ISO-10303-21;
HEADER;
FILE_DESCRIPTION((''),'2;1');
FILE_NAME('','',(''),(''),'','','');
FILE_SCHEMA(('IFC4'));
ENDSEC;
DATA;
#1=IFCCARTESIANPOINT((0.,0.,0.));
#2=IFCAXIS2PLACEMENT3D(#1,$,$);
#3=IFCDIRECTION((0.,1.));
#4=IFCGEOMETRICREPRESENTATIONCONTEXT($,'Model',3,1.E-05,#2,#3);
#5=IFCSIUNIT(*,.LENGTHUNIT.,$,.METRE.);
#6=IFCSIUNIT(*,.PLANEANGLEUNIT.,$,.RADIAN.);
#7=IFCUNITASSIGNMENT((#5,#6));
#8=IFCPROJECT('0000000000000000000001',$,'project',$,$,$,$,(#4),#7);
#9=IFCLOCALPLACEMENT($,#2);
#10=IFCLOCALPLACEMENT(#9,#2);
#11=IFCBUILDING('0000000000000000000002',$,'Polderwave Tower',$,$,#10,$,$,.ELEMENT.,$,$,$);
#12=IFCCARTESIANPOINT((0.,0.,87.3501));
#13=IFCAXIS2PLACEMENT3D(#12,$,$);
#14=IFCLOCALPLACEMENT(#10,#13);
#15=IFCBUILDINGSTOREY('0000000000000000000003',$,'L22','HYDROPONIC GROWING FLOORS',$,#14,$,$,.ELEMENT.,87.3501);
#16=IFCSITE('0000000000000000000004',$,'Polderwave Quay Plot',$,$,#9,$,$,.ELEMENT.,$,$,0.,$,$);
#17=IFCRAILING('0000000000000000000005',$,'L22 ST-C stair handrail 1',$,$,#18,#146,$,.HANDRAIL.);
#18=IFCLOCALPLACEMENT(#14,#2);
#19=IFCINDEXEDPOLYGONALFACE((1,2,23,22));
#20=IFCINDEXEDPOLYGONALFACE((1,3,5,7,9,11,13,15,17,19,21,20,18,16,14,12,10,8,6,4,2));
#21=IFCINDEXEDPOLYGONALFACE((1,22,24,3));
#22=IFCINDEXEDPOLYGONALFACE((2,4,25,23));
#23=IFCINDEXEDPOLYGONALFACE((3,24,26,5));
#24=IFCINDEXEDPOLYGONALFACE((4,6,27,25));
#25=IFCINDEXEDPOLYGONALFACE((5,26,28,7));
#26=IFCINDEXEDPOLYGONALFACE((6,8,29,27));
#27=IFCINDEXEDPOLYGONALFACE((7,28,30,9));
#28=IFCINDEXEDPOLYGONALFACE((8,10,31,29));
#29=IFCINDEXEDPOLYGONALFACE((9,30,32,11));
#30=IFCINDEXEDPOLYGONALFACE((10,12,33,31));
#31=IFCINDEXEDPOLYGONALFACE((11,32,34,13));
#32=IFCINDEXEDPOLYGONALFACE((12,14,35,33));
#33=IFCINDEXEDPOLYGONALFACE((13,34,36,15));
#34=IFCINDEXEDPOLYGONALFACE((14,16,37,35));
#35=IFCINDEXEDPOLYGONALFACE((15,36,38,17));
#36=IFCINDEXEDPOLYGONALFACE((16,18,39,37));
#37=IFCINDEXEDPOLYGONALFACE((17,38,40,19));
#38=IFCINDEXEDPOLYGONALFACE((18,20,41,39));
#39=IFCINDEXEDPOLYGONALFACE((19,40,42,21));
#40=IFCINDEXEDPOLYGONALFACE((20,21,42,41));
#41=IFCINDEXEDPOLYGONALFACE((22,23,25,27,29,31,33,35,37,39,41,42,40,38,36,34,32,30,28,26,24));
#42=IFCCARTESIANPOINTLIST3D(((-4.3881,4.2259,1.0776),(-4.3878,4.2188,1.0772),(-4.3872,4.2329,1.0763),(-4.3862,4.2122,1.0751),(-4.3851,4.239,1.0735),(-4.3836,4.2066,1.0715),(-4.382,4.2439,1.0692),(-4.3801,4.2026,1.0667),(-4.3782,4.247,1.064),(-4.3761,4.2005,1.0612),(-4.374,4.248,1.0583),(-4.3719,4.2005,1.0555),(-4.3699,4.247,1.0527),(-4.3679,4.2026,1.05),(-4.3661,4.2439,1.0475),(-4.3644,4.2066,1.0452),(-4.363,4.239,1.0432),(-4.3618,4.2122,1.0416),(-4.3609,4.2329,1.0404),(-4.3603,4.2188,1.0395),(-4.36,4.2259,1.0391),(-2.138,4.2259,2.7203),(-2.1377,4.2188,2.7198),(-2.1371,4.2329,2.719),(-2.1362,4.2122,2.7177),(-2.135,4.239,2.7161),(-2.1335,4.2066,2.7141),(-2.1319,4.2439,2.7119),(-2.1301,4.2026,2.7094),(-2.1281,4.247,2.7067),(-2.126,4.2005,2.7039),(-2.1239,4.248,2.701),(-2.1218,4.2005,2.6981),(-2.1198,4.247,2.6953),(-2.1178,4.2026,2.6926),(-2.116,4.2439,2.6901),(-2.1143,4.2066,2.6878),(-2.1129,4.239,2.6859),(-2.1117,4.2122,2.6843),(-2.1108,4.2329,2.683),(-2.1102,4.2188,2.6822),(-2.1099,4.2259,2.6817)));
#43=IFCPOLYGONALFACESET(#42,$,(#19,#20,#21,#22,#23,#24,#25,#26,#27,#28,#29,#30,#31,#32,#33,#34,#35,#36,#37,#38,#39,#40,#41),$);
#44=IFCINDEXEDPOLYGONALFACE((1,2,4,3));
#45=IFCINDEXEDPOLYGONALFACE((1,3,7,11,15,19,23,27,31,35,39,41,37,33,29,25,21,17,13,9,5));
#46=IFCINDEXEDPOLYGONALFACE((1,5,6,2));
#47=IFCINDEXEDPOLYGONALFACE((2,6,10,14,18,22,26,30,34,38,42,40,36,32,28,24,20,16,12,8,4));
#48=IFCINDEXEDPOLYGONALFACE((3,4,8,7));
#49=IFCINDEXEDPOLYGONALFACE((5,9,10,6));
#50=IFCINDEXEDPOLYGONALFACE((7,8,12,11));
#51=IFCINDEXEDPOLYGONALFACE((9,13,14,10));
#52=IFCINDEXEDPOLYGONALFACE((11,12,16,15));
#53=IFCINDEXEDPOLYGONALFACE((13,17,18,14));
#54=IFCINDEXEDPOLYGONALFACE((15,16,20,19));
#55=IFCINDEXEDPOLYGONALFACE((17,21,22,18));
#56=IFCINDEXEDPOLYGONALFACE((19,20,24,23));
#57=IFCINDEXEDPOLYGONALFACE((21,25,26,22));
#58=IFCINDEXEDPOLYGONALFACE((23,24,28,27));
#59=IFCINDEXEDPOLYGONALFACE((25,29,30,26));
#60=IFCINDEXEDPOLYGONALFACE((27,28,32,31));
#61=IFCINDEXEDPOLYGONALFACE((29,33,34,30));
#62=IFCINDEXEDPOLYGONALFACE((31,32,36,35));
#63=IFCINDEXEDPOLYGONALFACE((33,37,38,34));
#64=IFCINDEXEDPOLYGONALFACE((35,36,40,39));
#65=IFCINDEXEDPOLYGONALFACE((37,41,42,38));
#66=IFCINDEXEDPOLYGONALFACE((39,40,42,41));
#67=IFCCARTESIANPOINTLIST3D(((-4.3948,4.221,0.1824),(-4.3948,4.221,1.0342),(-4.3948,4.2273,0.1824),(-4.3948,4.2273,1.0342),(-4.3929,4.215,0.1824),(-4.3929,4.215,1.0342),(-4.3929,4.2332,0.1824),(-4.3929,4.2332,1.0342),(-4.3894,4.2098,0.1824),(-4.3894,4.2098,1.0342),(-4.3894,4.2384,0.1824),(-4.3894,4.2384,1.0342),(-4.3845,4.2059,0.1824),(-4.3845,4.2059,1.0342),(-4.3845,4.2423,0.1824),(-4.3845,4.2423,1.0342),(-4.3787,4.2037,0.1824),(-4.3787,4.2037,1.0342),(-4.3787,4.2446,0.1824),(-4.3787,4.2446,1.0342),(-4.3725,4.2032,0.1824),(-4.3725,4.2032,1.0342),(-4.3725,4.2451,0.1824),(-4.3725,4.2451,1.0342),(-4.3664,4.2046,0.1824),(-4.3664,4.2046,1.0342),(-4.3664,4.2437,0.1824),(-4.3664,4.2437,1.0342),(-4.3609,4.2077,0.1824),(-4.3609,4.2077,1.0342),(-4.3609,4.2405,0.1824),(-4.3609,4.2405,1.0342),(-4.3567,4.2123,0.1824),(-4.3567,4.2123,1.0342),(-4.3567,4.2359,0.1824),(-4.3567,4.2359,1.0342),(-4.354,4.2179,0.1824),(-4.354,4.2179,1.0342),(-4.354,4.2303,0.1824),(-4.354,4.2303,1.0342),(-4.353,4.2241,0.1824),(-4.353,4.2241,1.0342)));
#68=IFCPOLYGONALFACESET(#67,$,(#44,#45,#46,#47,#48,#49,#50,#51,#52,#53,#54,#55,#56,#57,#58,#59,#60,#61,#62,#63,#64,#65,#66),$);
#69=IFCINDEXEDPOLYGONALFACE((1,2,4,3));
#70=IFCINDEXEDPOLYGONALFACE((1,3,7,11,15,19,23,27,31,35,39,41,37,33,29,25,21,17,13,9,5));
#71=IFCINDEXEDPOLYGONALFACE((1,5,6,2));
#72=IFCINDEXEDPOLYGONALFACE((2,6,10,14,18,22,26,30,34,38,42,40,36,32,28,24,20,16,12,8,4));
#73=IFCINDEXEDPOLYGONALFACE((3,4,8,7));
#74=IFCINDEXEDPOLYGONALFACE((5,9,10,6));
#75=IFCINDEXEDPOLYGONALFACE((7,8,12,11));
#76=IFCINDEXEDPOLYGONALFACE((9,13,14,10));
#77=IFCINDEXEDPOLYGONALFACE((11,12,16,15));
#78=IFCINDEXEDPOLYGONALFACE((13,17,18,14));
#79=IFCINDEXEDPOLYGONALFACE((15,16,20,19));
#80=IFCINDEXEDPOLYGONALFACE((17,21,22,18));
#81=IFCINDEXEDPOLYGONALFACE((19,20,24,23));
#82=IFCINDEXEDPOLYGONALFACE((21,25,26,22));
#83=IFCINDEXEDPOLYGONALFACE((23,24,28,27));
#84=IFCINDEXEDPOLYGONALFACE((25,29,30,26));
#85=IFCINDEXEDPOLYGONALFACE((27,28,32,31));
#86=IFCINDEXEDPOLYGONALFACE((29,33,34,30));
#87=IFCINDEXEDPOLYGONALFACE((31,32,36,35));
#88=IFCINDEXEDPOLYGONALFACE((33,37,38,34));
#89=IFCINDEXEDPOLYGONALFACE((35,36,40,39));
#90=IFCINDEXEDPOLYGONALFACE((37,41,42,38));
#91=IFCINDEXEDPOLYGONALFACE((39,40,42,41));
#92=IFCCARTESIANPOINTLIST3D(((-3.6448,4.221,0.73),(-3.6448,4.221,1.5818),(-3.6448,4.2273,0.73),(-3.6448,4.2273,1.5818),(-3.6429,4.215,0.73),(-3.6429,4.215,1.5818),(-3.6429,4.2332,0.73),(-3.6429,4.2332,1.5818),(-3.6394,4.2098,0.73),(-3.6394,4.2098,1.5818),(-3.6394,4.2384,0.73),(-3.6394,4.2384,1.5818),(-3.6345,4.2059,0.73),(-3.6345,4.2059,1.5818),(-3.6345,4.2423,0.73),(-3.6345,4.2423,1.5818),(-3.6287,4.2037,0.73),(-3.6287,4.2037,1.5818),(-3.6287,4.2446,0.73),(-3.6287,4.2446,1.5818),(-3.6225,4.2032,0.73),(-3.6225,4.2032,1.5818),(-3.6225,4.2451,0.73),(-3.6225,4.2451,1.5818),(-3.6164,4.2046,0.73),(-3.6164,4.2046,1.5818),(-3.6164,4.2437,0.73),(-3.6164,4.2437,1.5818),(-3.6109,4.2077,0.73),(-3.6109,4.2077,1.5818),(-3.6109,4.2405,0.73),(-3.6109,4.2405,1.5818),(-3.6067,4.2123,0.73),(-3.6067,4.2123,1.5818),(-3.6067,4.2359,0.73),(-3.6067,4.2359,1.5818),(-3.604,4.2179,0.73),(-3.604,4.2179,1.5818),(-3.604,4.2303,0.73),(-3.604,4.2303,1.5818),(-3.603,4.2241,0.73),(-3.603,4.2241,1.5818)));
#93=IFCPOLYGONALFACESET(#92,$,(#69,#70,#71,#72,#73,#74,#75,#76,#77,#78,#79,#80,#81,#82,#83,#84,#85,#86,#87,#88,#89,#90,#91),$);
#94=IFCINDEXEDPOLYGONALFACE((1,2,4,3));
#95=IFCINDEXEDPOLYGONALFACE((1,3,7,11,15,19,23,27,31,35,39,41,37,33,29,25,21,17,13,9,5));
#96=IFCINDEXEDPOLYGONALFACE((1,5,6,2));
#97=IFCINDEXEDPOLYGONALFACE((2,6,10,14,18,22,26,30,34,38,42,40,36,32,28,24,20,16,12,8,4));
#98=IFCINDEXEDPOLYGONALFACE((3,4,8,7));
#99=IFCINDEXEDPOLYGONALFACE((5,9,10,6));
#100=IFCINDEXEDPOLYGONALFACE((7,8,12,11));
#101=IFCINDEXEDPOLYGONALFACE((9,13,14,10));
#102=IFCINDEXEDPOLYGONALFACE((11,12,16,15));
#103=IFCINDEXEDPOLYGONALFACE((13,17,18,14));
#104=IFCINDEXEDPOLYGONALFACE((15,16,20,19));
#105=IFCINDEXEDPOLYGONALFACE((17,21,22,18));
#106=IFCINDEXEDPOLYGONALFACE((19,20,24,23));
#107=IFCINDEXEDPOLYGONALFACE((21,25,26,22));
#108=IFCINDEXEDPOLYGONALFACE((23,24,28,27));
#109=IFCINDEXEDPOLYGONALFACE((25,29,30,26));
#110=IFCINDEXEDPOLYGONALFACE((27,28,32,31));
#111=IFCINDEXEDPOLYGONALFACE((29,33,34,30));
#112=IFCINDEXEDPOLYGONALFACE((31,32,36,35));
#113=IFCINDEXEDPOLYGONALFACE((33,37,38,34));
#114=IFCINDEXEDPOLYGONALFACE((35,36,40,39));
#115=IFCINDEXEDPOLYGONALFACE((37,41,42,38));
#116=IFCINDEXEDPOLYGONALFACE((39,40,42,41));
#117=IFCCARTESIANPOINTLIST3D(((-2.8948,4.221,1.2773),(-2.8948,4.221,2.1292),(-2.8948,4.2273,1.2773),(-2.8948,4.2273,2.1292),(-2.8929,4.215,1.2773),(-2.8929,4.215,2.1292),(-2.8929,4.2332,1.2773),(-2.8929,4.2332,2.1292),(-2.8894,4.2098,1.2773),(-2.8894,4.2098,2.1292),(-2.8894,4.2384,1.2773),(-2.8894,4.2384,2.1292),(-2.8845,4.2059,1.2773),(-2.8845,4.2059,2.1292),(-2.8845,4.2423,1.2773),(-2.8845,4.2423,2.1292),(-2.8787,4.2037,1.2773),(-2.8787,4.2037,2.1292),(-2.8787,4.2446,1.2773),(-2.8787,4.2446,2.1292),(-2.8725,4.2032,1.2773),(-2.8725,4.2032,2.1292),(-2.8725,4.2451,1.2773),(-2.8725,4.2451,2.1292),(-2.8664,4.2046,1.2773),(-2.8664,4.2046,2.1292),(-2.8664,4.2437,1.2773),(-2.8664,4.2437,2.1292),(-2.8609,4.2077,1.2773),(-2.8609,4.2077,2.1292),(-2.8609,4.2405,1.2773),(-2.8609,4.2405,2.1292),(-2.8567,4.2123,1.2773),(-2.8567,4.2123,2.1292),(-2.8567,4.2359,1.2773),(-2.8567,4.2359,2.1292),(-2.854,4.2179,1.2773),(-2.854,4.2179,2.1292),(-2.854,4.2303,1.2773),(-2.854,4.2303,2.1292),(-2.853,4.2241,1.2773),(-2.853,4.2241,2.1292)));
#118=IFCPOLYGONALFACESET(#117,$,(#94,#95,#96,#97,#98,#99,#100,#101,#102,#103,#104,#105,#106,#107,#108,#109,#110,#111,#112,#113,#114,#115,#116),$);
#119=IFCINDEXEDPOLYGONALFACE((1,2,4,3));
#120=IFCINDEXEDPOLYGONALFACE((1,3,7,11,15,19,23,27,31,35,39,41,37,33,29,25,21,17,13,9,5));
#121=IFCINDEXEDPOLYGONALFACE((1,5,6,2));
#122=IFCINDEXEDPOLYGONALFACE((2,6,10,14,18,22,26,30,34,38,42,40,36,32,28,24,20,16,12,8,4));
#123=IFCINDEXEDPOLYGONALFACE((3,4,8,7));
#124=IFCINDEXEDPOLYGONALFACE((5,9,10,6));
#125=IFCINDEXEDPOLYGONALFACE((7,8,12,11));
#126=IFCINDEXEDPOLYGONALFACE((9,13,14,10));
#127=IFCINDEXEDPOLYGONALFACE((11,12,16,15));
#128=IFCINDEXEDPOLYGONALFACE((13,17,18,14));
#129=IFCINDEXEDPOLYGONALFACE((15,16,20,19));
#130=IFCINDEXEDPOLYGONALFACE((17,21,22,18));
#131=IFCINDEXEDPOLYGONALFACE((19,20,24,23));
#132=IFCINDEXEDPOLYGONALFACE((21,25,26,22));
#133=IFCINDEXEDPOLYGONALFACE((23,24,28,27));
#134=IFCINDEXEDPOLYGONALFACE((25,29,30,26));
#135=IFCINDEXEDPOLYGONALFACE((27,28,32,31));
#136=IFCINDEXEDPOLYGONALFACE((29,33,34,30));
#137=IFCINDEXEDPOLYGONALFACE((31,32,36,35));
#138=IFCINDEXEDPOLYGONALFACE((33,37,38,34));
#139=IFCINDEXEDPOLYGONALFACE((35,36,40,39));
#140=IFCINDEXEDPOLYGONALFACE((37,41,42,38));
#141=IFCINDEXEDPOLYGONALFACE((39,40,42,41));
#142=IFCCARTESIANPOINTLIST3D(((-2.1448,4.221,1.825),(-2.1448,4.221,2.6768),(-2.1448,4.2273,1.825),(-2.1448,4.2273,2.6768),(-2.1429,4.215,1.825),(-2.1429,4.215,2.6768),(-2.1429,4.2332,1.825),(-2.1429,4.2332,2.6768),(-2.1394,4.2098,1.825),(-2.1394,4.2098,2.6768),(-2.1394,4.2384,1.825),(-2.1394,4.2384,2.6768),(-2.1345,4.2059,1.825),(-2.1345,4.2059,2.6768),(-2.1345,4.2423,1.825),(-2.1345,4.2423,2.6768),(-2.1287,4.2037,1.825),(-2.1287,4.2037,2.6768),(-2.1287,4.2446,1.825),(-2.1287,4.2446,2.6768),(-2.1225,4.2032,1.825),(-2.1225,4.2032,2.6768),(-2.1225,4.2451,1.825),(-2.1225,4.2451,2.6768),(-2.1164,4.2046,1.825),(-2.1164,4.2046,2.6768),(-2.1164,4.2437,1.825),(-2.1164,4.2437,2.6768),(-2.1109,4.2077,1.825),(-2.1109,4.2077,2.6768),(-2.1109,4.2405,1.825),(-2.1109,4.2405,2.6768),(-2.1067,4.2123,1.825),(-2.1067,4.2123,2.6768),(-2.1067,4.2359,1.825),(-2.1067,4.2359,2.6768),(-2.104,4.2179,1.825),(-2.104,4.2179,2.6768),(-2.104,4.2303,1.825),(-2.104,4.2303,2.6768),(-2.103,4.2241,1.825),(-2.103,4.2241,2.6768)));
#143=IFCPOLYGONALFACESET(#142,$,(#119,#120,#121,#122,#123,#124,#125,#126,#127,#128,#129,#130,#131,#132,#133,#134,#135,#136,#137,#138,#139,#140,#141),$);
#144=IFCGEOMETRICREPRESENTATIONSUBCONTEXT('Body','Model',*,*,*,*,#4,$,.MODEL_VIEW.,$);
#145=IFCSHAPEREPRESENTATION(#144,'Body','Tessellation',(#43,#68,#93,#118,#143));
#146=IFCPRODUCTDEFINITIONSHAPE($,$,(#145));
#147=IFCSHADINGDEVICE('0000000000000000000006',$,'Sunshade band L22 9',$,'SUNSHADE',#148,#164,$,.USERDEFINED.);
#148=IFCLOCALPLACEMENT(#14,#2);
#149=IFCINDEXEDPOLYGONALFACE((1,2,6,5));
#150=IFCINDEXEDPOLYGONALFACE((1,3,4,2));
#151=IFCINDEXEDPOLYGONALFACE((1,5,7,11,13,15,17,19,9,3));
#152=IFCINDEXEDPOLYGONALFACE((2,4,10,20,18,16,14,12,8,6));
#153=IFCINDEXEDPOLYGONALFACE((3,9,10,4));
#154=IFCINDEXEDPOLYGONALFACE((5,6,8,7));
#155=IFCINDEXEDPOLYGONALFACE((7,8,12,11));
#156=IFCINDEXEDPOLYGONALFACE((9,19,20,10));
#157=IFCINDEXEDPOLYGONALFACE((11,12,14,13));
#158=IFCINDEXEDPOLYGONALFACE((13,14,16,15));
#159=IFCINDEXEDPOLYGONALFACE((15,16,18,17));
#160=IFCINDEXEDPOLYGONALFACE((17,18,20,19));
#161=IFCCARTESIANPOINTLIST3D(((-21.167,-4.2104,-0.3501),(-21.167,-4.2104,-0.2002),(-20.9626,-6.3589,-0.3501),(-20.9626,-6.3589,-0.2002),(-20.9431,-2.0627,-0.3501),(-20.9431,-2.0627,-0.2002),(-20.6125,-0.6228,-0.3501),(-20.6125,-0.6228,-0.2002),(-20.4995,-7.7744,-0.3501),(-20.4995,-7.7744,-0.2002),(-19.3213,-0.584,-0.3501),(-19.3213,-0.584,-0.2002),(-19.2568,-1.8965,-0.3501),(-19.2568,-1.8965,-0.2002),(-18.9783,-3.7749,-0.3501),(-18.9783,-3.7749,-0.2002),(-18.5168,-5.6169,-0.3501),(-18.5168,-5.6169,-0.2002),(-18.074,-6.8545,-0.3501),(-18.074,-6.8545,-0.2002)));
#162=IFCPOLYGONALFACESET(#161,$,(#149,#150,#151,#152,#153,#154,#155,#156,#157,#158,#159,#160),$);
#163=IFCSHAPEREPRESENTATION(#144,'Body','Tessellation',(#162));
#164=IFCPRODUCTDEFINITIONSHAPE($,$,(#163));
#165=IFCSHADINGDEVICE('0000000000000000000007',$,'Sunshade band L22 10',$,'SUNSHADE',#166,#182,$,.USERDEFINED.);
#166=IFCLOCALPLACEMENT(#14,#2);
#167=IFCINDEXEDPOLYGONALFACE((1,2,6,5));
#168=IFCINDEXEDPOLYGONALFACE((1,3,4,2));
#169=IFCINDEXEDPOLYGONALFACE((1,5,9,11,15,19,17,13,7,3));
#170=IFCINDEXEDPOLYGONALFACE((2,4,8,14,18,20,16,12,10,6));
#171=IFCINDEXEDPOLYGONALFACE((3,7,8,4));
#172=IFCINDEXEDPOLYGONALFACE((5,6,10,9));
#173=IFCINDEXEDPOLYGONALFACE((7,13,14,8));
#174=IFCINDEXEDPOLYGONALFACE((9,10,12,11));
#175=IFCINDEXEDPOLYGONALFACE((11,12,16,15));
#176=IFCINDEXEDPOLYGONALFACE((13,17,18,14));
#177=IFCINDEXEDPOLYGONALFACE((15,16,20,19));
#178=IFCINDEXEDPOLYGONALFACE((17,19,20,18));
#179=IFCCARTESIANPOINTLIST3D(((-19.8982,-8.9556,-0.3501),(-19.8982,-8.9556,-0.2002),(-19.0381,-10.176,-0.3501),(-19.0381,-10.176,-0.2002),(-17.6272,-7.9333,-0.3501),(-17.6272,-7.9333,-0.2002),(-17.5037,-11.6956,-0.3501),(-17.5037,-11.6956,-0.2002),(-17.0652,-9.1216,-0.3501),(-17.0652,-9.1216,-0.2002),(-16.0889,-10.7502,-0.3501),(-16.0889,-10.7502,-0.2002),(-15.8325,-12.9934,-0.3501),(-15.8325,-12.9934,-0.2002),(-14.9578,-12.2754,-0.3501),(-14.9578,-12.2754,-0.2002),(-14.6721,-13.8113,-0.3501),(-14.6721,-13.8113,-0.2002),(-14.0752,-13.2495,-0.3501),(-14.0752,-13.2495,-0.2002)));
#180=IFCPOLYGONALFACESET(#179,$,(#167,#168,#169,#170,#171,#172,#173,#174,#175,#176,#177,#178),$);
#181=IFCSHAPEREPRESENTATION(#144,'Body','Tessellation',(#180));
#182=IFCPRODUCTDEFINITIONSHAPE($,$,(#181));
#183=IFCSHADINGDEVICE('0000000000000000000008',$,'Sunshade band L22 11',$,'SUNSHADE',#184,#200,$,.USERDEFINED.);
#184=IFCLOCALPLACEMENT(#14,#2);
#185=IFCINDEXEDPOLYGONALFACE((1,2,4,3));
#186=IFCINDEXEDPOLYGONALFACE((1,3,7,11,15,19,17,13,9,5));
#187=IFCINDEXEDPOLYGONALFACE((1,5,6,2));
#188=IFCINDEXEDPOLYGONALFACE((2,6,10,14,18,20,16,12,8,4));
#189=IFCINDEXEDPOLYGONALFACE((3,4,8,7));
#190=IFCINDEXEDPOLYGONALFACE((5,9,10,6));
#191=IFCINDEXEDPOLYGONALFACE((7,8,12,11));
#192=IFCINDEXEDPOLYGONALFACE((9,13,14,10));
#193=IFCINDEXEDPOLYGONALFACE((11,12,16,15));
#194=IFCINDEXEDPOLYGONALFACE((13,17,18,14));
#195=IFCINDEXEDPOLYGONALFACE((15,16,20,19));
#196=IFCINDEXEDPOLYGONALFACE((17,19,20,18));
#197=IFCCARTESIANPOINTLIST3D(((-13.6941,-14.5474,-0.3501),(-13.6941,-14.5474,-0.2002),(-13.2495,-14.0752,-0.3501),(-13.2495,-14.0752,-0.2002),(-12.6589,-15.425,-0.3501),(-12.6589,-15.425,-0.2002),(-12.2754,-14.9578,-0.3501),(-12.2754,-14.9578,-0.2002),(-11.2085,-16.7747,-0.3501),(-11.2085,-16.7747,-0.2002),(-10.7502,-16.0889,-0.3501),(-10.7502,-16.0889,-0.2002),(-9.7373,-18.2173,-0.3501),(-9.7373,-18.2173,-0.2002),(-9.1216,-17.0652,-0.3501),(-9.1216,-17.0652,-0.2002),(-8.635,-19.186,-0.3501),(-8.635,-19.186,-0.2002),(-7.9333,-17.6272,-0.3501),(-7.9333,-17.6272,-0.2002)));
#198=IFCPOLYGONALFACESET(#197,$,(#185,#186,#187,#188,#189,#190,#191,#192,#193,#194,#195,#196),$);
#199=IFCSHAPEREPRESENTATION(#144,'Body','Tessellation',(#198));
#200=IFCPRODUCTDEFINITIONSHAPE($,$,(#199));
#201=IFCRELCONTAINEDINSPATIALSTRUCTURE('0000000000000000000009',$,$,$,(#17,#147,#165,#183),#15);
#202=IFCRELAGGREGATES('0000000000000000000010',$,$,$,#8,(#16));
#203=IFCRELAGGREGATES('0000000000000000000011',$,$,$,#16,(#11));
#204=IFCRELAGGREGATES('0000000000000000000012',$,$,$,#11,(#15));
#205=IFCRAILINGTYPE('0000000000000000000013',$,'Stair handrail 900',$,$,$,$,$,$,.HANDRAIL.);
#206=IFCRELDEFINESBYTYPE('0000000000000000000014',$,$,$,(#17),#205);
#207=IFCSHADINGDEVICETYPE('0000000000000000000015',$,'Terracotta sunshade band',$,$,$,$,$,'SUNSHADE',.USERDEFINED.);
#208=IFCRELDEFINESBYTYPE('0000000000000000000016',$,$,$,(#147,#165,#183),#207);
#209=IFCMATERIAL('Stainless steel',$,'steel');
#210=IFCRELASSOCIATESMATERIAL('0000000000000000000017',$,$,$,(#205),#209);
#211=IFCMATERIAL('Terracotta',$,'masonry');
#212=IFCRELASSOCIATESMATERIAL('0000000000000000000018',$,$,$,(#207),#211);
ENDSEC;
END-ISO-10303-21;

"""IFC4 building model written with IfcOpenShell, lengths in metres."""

from ifc_helpers import new_model, si_unit, direction, frame, origin, origin_2d, place, context, subcontext, project, spatial, polyline, circle, outline, extrude, material, type_object, element, save


model = new_model("IFC4")

# Units and contexts
model_context = context("Model", 3, precision=1e-05, world=origin(), true_north=direction((0.0, 1.0)))
body_context = subcontext(model_context, "Body", "Model", "MODEL_VIEW")
ifc_project = project(units=[si_unit("LENGTHUNIT", "METRE"), si_unit("PLANEANGLEUNIT", "RADIAN")], contexts=[model_context])

# Site, building, storey
site_placement = place(None, origin())
site = spatial("IfcSite", under=ifc_project, at=site_placement, Name="Polderwave Quay Plot", CompositionType="ELEMENT", RefElevation=0.0)
building_placement = place(site_placement, origin())
building = spatial("IfcBuilding", under=site, at=building_placement, Name="Polderwave Tower", CompositionType="ELEMENT")
storey_placement = place(building_placement, frame((0.0, 0.0, 87.3501)))
storey = spatial("IfcBuildingStorey", under=building, at=storey_placement, Name="L22", Description="HYDROPONIC GROWING FLOORS", CompositionType="ELEMENT", Elevation=87.3501)

# Railing
ifc_material_1 = material(Name="Stainless steel", Category="steel")
railing_type_1 = type_object("IfcRailingType", Name="Stair handrail 900", PredefinedType="HANDRAIL", material=ifc_material_1)
railing_1_placement = place(storey_placement, frame((-4.374, 4.2241, 0.1824)))
element("IfcRailing", 1, at=railing_1_placement, inside=storey, type_object=railing_type_1, Name="L22 ST-C stair handrail 1", PredefinedType="HANDRAIL", context=body_context, shape_type="SweptSolid", body=[
    extrude(circle(Radius=0.0239, at=origin_2d()), frame((0.0, 0.0, 0.876), z_axis=(0.807674, 0.0, 0.58963), x_axis=(0.0, 1.0, 0.0)), (0.0, 0.0, 1.0), 2.7859),
    extrude(circle(Radius=0.021, at=origin_2d()), origin(), (0.0, 0.0, 1.0), 0.8518),
    extrude(circle(Radius=0.021, at=origin_2d()), frame((0.75, 0.0, 0.5476)), (0.0, 0.0, 1.0), 0.8518),
    extrude(circle(Radius=0.021, at=origin_2d()), frame((1.5, 0.0, 1.095)), (0.0, 0.0, 1.0), 0.8518),
    extrude(circle(Radius=0.021, at=origin_2d()), frame((2.25, 0.0, 1.6426)), (0.0, 0.0, 1.0), 0.8518),
])

# Shading devices
ifc_material_2 = material(Name="Terracotta", Category="masonry")
shading_device_type = type_object("IfcShadingDeviceType", Name="Terracotta sunshade band", ElementType="SUNSHADE", PredefinedType="USERDEFINED", material=ifc_material_2)
shading_device_1_placement = place(storey_placement, frame((0.0, 0.0, -0.3501)))
element("IfcShadingDevice", 2, at=shading_device_1_placement, inside=storey, type_object=shading_device_type, Name="Sunshade band L22 9", ObjectType="SUNSHADE", PredefinedType="USERDEFINED", context=body_context, shape_type="SweptSolid", body=[
    extrude(outline(polyline([(-19.3213, -0.584), (-19.2568, -1.8965), (-18.9783, -3.7749), (-18.5168, -5.6169), (-18.074, -6.8545), (-20.4995, -7.7744), (-20.9626, -6.3589), (-21.167, -4.2104), (-20.9431, -2.0627), (-20.6125, -0.6228), (-19.3213, -0.584)])), origin(), (0.0, 0.0, 1.0), 0.1499),
])
shading_device_2_placement = place(storey_placement, frame((0.0, 0.0, -0.3501)))
element("IfcShadingDevice", 3, at=shading_device_2_placement, inside=storey, type_object=shading_device_type, Name="Sunshade band L22 10", ObjectType="SUNSHADE", PredefinedType="USERDEFINED", context=body_context, shape_type="SweptSolid", body=[
    extrude(outline(polyline([(-17.6272, -7.9333), (-17.0652, -9.1216), (-16.0889, -10.7502), (-14.9578, -12.2754), (-14.0752, -13.2495), (-14.6721, -13.8113), (-15.8325, -12.9934), (-17.5037, -11.6956), (-19.0381, -10.176), (-19.8982, -8.9556), (-17.6272, -7.9333)])), origin(), (0.0, 0.0, 1.0), 0.1499),
])
shading_device_3_placement = place(storey_placement, frame((0.0, 0.0, -0.3501)))
element("IfcShadingDevice", 4, at=shading_device_3_placement, inside=storey, type_object=shading_device_type, Name="Sunshade band L22 11", ObjectType="SUNSHADE", PredefinedType="USERDEFINED", context=body_context, shape_type="SweptSolid", body=[
    extrude(outline(polyline([(-13.2495, -14.0752), (-12.2754, -14.9578), (-10.7502, -16.0889), (-9.1216, -17.0652), (-7.9333, -17.6272), (-8.635, -19.186), (-9.7373, -18.2173), (-11.2085, -16.7747), (-12.6589, -15.425), (-13.6941, -14.5474), (-13.2495, -14.0752)])), origin(), (0.0, 0.0, 1.0), 0.1499),
])

save(model, "model.ifc")
